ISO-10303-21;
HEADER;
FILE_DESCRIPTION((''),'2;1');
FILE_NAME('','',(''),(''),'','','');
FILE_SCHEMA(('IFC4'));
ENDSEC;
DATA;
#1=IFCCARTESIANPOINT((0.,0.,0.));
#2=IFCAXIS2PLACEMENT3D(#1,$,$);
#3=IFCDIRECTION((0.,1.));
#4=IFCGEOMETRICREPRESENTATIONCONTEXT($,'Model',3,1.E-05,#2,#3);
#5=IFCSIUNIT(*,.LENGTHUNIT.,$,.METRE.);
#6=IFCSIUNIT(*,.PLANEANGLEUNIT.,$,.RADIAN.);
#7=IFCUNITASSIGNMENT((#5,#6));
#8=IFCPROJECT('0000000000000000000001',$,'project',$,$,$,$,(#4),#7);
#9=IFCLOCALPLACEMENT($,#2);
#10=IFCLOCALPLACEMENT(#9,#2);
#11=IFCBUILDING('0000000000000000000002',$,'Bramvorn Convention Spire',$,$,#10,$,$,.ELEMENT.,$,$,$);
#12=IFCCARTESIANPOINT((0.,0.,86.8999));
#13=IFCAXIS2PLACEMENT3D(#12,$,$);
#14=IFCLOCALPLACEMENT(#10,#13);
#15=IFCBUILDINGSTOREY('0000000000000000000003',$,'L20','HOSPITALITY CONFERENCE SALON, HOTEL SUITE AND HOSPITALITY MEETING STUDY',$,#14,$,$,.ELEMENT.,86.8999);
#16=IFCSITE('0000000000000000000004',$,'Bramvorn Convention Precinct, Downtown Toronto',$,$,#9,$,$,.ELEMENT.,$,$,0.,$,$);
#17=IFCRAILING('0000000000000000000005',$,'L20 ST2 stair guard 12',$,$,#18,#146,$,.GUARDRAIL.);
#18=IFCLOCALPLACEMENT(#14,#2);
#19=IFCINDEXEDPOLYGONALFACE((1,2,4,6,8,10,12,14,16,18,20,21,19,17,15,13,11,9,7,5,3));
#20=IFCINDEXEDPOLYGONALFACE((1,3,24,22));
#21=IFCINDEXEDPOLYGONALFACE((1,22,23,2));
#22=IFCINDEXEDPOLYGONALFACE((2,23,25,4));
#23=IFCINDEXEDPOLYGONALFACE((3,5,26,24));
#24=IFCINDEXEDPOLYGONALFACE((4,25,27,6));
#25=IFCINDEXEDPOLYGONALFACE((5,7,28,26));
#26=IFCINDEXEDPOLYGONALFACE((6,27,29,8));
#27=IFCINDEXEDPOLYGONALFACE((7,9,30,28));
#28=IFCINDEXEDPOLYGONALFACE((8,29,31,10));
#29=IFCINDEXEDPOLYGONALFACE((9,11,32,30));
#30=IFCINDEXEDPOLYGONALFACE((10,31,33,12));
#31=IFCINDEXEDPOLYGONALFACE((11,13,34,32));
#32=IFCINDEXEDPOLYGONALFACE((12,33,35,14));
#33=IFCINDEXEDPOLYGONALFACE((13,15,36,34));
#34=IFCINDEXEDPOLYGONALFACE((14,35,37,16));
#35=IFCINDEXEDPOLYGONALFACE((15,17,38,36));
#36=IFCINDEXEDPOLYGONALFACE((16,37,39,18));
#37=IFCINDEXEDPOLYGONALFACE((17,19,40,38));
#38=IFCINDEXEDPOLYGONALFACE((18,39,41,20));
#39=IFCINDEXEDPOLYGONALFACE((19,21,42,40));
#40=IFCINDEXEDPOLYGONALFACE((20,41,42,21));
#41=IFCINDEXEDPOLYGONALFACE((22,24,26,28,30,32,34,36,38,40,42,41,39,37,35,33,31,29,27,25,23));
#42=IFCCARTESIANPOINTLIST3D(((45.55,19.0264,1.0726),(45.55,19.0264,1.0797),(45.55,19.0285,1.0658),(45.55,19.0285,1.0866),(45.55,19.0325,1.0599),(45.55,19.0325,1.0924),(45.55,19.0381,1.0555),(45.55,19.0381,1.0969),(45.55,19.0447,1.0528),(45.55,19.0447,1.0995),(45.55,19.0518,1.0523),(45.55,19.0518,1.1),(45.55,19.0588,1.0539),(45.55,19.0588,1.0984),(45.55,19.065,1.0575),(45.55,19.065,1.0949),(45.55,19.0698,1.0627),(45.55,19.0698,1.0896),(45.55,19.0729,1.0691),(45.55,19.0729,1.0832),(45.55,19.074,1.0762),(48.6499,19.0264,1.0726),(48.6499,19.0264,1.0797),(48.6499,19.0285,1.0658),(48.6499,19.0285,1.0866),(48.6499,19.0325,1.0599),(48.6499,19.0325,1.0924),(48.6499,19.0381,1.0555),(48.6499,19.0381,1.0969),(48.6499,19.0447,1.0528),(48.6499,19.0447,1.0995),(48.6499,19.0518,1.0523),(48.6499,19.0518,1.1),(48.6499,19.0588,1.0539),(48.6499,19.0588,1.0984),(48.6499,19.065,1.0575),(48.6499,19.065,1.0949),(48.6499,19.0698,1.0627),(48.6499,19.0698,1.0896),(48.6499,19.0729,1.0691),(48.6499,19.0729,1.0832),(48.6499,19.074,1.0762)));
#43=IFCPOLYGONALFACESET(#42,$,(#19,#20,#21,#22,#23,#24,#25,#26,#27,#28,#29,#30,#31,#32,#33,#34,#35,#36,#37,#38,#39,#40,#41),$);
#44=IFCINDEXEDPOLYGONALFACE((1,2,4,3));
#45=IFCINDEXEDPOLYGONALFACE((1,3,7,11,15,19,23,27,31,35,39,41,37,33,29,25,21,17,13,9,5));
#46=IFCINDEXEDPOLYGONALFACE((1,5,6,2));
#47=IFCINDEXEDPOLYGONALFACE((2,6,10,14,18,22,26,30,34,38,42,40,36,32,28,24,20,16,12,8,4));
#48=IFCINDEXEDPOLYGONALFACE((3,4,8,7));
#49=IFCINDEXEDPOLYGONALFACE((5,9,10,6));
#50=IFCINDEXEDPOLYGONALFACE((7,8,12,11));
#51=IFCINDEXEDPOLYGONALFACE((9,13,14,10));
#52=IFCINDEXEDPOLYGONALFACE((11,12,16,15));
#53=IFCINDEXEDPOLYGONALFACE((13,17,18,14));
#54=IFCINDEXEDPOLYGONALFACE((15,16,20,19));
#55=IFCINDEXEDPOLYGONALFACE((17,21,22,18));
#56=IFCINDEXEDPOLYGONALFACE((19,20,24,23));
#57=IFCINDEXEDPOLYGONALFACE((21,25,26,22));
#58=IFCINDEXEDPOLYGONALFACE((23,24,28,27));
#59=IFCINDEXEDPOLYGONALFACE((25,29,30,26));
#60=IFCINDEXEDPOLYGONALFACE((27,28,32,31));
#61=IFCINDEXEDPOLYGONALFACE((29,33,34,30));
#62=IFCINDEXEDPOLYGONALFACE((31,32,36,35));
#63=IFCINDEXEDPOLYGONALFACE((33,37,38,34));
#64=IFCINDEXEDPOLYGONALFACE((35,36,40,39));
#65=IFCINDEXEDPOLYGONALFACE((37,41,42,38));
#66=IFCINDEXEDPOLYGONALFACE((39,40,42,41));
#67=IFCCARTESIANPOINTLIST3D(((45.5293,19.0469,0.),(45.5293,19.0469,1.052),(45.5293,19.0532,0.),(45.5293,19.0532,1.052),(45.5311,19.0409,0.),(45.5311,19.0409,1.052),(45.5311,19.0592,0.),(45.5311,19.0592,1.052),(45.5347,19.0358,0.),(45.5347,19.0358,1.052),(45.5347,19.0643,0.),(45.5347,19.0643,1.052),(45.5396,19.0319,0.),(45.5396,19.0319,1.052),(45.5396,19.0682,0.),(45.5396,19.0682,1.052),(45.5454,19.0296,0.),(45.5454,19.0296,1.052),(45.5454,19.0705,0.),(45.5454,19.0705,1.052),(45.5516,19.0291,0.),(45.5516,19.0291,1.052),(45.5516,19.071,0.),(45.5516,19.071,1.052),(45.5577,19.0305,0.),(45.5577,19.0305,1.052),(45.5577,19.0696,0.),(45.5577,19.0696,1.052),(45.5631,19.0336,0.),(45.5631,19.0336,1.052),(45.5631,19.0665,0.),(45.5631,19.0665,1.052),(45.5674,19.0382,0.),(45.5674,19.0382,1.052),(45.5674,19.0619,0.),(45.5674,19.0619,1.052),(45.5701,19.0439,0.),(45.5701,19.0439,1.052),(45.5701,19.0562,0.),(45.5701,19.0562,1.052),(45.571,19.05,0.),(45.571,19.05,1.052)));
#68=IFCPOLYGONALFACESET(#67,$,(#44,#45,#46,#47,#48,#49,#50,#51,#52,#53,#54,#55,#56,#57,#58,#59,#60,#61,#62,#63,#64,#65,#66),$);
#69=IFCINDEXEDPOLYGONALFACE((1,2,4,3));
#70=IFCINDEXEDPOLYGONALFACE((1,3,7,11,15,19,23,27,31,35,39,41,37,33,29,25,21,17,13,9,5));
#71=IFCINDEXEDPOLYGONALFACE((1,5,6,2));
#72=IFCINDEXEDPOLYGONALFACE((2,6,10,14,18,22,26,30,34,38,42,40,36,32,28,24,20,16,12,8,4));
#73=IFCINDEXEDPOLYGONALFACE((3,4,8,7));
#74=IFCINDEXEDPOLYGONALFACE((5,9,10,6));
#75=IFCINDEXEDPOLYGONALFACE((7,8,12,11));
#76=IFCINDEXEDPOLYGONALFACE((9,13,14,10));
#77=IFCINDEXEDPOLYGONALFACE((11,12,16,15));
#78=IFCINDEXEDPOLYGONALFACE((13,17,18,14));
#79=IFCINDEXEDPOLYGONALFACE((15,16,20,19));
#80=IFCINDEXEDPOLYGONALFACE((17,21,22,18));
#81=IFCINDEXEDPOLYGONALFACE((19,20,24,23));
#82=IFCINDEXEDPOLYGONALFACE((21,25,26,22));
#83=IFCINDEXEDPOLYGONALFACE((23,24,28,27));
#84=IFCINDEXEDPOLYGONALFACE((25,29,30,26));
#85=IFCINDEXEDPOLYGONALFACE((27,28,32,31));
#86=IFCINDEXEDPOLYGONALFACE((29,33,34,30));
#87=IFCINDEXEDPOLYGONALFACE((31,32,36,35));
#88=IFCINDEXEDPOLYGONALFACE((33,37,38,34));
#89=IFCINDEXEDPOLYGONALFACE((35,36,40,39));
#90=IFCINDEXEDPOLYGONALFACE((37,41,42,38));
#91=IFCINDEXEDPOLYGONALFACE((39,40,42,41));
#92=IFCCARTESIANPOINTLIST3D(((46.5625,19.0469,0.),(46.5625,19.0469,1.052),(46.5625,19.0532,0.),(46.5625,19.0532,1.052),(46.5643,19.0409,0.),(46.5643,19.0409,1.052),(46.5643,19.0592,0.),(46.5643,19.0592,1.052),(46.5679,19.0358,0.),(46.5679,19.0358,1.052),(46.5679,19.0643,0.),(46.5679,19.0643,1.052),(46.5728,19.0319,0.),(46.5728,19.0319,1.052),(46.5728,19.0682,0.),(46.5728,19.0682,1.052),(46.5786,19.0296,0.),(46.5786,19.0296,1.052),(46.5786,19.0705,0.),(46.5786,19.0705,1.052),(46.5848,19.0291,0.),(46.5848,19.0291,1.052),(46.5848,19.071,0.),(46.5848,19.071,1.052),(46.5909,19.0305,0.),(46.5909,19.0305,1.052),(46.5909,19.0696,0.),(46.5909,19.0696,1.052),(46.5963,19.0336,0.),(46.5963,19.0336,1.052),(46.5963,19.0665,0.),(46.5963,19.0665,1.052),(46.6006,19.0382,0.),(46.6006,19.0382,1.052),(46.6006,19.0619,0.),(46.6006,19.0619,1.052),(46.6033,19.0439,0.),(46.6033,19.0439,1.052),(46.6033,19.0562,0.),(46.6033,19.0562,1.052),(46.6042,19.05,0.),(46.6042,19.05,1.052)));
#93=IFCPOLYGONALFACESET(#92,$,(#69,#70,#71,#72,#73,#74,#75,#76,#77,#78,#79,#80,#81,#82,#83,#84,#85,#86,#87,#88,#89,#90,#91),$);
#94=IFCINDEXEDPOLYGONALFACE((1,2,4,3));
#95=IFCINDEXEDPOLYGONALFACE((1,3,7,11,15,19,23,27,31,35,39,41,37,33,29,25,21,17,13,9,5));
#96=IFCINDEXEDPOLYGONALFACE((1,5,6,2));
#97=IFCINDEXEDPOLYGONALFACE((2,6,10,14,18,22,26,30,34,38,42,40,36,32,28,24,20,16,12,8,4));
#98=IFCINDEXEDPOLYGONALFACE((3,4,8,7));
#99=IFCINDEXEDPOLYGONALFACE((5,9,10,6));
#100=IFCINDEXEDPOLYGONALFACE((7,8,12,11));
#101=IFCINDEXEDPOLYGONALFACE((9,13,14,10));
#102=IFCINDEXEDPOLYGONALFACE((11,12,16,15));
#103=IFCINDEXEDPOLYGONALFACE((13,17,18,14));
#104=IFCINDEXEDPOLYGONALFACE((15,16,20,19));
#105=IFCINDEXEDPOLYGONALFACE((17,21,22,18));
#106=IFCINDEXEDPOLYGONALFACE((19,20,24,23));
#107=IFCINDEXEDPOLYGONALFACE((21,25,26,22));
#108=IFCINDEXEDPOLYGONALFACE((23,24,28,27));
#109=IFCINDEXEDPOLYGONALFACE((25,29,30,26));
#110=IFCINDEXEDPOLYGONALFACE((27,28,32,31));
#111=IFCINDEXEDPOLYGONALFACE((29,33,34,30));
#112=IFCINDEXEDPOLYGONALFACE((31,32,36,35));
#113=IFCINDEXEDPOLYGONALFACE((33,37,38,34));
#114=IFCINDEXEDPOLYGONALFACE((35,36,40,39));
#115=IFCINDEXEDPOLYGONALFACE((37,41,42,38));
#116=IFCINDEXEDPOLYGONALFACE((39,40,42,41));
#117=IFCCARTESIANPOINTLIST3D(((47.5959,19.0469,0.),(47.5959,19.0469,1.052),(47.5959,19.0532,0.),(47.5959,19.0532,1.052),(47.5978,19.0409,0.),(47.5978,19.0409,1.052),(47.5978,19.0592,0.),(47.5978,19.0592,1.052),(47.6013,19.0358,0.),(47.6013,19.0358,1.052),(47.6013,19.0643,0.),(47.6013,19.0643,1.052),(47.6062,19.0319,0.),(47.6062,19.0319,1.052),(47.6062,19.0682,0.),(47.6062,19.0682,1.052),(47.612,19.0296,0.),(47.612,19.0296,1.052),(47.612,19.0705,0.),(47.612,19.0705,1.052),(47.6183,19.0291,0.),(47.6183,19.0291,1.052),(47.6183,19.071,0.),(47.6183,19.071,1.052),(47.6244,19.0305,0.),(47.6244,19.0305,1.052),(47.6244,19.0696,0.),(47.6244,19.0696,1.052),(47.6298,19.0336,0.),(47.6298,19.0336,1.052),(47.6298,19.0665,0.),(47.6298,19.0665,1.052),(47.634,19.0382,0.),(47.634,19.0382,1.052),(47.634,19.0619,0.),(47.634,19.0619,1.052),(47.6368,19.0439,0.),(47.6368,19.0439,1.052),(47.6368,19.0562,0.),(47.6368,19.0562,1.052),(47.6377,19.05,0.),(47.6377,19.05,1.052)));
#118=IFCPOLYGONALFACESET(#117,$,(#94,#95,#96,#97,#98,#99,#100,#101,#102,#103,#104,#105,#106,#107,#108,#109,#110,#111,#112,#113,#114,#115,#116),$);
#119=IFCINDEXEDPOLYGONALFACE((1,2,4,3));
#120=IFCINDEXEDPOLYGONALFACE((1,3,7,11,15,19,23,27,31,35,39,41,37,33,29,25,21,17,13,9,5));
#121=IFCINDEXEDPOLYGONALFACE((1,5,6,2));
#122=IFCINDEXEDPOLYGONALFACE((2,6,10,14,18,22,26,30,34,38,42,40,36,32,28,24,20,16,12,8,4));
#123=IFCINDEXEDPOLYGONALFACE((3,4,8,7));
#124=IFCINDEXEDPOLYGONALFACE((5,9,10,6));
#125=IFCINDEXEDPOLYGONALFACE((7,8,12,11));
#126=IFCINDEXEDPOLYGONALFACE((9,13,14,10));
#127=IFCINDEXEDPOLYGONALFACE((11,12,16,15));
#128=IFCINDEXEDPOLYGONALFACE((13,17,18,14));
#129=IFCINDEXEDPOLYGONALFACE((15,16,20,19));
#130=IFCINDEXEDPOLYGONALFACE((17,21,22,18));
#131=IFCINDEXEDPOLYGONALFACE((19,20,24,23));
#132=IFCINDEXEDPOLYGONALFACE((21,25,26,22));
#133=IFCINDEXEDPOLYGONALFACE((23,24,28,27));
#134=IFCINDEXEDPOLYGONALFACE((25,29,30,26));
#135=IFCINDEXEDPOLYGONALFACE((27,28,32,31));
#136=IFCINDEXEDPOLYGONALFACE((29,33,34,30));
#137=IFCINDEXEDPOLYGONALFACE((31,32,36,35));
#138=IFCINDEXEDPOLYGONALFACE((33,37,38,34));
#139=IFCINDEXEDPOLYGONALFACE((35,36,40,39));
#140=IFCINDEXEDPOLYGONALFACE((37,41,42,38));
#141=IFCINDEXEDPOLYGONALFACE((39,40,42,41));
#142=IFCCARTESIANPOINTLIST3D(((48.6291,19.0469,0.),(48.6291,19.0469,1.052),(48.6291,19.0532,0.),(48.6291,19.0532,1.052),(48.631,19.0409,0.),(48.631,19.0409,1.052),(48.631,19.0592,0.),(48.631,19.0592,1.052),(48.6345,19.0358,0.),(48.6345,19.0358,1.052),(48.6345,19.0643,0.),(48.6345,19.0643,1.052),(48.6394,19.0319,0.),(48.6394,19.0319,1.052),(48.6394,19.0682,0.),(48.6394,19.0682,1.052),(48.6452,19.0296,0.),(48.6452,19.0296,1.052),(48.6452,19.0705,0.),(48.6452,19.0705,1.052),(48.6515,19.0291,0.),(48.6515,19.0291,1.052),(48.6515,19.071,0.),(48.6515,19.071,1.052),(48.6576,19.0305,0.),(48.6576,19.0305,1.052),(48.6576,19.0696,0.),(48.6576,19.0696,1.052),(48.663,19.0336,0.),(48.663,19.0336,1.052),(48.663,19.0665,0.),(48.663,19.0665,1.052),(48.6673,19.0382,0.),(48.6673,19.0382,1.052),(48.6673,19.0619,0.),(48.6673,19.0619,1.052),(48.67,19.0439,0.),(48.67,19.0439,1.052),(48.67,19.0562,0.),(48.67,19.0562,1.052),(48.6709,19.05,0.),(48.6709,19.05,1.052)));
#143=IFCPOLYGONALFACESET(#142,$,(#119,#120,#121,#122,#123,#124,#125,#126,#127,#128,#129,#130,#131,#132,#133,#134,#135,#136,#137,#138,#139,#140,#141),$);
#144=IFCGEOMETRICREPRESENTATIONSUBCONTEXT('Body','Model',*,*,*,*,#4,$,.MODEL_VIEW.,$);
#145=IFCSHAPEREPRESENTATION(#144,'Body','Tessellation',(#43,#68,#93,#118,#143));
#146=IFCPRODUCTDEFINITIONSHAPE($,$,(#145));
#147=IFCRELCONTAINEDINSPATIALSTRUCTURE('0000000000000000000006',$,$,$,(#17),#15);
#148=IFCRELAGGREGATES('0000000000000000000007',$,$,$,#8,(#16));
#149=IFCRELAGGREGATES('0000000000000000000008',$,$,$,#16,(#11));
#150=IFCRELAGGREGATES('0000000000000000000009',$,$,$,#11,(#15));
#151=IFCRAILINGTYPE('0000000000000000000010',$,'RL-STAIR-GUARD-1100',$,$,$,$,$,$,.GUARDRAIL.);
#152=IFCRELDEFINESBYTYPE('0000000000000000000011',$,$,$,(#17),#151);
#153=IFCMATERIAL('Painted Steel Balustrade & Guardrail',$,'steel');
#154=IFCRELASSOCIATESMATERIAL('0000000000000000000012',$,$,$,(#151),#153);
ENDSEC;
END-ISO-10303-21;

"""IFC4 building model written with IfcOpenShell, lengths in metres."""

from ifc_helpers import new_model, si_unit, direction, frame, origin, origin_2d, place, context, subcontext, project, spatial, circle, extrude, material, type_object, element, save


model = new_model("IFC4")

# Units and contexts
model_context = context("Model", 3, precision=1e-05, world=origin(), true_north=direction((0.0, 1.0)))
body_context = subcontext(model_context, "Body", "Model", "MODEL_VIEW")
ifc_project = project(units=[si_unit("LENGTHUNIT", "METRE"), si_unit("PLANEANGLEUNIT", "RADIAN")], contexts=[model_context])

# Site, building, storey
site_placement = place(None, origin())
site = spatial("IfcSite", under=ifc_project, at=site_placement, Name="Bramvorn Convention Precinct, Downtown Toronto", CompositionType="ELEMENT", RefElevation=0.0)
building_placement = place(site_placement, origin())
building = spatial("IfcBuilding", under=site, at=building_placement, Name="Bramvorn Convention Spire", CompositionType="ELEMENT")
storey_placement = place(building_placement, frame((0.0, 0.0, 86.8999)))
storey = spatial("IfcBuildingStorey", under=building, at=storey_placement, Name="L20", Description="HOSPITALITY CONFERENCE SALON, HOTEL SUITE AND HOSPITALITY MEETING STUDY", CompositionType="ELEMENT", Elevation=86.8999)

# Railing
ifc_material_1 = material(Name="Painted Steel Balustrade & Guardrail", Category="steel")
railing_type_1 = type_object("IfcRailingType", Name="RL-STAIR-GUARD-1100", PredefinedType="GUARDRAIL", material=ifc_material_1)
railing_1_placement = place(storey_placement, frame((45.55, 19.05, 0.0)))
element("IfcRailing", 1, at=railing_1_placement, inside=storey, type_object=railing_type_1, Name="L20 ST2 stair guard 12", PredefinedType="GUARDRAIL", context=body_context, shape_type="SweptSolid", body=[
    extrude(circle(Radius=0.0239, at=origin_2d()), frame((0.0, 0.0, 1.0762), z_axis=(1.0, 0.0, 0.0), x_axis=(0.0, 1.0, 0.0)), (0.0, 0.0, 1.0), 3.0999),
    extrude(circle(Radius=0.021, at=origin_2d()), origin(), (0.0, 0.0, 1.0), 1.052),
    extrude(circle(Radius=0.021, at=origin_2d()), frame((1.0332, 0.0, 0.0)), (0.0, 0.0, 1.0), 1.052),
    extrude(circle(Radius=0.021, at=origin_2d()), frame((2.0667, 0.0, 0.0)), (0.0, 0.0, 1.0), 1.052),
    extrude(circle(Radius=0.021, at=origin_2d()), frame((3.0999, 0.0, 0.0)), (0.0, 0.0, 1.0), 1.052),
])

save(model, "model.ifc")
